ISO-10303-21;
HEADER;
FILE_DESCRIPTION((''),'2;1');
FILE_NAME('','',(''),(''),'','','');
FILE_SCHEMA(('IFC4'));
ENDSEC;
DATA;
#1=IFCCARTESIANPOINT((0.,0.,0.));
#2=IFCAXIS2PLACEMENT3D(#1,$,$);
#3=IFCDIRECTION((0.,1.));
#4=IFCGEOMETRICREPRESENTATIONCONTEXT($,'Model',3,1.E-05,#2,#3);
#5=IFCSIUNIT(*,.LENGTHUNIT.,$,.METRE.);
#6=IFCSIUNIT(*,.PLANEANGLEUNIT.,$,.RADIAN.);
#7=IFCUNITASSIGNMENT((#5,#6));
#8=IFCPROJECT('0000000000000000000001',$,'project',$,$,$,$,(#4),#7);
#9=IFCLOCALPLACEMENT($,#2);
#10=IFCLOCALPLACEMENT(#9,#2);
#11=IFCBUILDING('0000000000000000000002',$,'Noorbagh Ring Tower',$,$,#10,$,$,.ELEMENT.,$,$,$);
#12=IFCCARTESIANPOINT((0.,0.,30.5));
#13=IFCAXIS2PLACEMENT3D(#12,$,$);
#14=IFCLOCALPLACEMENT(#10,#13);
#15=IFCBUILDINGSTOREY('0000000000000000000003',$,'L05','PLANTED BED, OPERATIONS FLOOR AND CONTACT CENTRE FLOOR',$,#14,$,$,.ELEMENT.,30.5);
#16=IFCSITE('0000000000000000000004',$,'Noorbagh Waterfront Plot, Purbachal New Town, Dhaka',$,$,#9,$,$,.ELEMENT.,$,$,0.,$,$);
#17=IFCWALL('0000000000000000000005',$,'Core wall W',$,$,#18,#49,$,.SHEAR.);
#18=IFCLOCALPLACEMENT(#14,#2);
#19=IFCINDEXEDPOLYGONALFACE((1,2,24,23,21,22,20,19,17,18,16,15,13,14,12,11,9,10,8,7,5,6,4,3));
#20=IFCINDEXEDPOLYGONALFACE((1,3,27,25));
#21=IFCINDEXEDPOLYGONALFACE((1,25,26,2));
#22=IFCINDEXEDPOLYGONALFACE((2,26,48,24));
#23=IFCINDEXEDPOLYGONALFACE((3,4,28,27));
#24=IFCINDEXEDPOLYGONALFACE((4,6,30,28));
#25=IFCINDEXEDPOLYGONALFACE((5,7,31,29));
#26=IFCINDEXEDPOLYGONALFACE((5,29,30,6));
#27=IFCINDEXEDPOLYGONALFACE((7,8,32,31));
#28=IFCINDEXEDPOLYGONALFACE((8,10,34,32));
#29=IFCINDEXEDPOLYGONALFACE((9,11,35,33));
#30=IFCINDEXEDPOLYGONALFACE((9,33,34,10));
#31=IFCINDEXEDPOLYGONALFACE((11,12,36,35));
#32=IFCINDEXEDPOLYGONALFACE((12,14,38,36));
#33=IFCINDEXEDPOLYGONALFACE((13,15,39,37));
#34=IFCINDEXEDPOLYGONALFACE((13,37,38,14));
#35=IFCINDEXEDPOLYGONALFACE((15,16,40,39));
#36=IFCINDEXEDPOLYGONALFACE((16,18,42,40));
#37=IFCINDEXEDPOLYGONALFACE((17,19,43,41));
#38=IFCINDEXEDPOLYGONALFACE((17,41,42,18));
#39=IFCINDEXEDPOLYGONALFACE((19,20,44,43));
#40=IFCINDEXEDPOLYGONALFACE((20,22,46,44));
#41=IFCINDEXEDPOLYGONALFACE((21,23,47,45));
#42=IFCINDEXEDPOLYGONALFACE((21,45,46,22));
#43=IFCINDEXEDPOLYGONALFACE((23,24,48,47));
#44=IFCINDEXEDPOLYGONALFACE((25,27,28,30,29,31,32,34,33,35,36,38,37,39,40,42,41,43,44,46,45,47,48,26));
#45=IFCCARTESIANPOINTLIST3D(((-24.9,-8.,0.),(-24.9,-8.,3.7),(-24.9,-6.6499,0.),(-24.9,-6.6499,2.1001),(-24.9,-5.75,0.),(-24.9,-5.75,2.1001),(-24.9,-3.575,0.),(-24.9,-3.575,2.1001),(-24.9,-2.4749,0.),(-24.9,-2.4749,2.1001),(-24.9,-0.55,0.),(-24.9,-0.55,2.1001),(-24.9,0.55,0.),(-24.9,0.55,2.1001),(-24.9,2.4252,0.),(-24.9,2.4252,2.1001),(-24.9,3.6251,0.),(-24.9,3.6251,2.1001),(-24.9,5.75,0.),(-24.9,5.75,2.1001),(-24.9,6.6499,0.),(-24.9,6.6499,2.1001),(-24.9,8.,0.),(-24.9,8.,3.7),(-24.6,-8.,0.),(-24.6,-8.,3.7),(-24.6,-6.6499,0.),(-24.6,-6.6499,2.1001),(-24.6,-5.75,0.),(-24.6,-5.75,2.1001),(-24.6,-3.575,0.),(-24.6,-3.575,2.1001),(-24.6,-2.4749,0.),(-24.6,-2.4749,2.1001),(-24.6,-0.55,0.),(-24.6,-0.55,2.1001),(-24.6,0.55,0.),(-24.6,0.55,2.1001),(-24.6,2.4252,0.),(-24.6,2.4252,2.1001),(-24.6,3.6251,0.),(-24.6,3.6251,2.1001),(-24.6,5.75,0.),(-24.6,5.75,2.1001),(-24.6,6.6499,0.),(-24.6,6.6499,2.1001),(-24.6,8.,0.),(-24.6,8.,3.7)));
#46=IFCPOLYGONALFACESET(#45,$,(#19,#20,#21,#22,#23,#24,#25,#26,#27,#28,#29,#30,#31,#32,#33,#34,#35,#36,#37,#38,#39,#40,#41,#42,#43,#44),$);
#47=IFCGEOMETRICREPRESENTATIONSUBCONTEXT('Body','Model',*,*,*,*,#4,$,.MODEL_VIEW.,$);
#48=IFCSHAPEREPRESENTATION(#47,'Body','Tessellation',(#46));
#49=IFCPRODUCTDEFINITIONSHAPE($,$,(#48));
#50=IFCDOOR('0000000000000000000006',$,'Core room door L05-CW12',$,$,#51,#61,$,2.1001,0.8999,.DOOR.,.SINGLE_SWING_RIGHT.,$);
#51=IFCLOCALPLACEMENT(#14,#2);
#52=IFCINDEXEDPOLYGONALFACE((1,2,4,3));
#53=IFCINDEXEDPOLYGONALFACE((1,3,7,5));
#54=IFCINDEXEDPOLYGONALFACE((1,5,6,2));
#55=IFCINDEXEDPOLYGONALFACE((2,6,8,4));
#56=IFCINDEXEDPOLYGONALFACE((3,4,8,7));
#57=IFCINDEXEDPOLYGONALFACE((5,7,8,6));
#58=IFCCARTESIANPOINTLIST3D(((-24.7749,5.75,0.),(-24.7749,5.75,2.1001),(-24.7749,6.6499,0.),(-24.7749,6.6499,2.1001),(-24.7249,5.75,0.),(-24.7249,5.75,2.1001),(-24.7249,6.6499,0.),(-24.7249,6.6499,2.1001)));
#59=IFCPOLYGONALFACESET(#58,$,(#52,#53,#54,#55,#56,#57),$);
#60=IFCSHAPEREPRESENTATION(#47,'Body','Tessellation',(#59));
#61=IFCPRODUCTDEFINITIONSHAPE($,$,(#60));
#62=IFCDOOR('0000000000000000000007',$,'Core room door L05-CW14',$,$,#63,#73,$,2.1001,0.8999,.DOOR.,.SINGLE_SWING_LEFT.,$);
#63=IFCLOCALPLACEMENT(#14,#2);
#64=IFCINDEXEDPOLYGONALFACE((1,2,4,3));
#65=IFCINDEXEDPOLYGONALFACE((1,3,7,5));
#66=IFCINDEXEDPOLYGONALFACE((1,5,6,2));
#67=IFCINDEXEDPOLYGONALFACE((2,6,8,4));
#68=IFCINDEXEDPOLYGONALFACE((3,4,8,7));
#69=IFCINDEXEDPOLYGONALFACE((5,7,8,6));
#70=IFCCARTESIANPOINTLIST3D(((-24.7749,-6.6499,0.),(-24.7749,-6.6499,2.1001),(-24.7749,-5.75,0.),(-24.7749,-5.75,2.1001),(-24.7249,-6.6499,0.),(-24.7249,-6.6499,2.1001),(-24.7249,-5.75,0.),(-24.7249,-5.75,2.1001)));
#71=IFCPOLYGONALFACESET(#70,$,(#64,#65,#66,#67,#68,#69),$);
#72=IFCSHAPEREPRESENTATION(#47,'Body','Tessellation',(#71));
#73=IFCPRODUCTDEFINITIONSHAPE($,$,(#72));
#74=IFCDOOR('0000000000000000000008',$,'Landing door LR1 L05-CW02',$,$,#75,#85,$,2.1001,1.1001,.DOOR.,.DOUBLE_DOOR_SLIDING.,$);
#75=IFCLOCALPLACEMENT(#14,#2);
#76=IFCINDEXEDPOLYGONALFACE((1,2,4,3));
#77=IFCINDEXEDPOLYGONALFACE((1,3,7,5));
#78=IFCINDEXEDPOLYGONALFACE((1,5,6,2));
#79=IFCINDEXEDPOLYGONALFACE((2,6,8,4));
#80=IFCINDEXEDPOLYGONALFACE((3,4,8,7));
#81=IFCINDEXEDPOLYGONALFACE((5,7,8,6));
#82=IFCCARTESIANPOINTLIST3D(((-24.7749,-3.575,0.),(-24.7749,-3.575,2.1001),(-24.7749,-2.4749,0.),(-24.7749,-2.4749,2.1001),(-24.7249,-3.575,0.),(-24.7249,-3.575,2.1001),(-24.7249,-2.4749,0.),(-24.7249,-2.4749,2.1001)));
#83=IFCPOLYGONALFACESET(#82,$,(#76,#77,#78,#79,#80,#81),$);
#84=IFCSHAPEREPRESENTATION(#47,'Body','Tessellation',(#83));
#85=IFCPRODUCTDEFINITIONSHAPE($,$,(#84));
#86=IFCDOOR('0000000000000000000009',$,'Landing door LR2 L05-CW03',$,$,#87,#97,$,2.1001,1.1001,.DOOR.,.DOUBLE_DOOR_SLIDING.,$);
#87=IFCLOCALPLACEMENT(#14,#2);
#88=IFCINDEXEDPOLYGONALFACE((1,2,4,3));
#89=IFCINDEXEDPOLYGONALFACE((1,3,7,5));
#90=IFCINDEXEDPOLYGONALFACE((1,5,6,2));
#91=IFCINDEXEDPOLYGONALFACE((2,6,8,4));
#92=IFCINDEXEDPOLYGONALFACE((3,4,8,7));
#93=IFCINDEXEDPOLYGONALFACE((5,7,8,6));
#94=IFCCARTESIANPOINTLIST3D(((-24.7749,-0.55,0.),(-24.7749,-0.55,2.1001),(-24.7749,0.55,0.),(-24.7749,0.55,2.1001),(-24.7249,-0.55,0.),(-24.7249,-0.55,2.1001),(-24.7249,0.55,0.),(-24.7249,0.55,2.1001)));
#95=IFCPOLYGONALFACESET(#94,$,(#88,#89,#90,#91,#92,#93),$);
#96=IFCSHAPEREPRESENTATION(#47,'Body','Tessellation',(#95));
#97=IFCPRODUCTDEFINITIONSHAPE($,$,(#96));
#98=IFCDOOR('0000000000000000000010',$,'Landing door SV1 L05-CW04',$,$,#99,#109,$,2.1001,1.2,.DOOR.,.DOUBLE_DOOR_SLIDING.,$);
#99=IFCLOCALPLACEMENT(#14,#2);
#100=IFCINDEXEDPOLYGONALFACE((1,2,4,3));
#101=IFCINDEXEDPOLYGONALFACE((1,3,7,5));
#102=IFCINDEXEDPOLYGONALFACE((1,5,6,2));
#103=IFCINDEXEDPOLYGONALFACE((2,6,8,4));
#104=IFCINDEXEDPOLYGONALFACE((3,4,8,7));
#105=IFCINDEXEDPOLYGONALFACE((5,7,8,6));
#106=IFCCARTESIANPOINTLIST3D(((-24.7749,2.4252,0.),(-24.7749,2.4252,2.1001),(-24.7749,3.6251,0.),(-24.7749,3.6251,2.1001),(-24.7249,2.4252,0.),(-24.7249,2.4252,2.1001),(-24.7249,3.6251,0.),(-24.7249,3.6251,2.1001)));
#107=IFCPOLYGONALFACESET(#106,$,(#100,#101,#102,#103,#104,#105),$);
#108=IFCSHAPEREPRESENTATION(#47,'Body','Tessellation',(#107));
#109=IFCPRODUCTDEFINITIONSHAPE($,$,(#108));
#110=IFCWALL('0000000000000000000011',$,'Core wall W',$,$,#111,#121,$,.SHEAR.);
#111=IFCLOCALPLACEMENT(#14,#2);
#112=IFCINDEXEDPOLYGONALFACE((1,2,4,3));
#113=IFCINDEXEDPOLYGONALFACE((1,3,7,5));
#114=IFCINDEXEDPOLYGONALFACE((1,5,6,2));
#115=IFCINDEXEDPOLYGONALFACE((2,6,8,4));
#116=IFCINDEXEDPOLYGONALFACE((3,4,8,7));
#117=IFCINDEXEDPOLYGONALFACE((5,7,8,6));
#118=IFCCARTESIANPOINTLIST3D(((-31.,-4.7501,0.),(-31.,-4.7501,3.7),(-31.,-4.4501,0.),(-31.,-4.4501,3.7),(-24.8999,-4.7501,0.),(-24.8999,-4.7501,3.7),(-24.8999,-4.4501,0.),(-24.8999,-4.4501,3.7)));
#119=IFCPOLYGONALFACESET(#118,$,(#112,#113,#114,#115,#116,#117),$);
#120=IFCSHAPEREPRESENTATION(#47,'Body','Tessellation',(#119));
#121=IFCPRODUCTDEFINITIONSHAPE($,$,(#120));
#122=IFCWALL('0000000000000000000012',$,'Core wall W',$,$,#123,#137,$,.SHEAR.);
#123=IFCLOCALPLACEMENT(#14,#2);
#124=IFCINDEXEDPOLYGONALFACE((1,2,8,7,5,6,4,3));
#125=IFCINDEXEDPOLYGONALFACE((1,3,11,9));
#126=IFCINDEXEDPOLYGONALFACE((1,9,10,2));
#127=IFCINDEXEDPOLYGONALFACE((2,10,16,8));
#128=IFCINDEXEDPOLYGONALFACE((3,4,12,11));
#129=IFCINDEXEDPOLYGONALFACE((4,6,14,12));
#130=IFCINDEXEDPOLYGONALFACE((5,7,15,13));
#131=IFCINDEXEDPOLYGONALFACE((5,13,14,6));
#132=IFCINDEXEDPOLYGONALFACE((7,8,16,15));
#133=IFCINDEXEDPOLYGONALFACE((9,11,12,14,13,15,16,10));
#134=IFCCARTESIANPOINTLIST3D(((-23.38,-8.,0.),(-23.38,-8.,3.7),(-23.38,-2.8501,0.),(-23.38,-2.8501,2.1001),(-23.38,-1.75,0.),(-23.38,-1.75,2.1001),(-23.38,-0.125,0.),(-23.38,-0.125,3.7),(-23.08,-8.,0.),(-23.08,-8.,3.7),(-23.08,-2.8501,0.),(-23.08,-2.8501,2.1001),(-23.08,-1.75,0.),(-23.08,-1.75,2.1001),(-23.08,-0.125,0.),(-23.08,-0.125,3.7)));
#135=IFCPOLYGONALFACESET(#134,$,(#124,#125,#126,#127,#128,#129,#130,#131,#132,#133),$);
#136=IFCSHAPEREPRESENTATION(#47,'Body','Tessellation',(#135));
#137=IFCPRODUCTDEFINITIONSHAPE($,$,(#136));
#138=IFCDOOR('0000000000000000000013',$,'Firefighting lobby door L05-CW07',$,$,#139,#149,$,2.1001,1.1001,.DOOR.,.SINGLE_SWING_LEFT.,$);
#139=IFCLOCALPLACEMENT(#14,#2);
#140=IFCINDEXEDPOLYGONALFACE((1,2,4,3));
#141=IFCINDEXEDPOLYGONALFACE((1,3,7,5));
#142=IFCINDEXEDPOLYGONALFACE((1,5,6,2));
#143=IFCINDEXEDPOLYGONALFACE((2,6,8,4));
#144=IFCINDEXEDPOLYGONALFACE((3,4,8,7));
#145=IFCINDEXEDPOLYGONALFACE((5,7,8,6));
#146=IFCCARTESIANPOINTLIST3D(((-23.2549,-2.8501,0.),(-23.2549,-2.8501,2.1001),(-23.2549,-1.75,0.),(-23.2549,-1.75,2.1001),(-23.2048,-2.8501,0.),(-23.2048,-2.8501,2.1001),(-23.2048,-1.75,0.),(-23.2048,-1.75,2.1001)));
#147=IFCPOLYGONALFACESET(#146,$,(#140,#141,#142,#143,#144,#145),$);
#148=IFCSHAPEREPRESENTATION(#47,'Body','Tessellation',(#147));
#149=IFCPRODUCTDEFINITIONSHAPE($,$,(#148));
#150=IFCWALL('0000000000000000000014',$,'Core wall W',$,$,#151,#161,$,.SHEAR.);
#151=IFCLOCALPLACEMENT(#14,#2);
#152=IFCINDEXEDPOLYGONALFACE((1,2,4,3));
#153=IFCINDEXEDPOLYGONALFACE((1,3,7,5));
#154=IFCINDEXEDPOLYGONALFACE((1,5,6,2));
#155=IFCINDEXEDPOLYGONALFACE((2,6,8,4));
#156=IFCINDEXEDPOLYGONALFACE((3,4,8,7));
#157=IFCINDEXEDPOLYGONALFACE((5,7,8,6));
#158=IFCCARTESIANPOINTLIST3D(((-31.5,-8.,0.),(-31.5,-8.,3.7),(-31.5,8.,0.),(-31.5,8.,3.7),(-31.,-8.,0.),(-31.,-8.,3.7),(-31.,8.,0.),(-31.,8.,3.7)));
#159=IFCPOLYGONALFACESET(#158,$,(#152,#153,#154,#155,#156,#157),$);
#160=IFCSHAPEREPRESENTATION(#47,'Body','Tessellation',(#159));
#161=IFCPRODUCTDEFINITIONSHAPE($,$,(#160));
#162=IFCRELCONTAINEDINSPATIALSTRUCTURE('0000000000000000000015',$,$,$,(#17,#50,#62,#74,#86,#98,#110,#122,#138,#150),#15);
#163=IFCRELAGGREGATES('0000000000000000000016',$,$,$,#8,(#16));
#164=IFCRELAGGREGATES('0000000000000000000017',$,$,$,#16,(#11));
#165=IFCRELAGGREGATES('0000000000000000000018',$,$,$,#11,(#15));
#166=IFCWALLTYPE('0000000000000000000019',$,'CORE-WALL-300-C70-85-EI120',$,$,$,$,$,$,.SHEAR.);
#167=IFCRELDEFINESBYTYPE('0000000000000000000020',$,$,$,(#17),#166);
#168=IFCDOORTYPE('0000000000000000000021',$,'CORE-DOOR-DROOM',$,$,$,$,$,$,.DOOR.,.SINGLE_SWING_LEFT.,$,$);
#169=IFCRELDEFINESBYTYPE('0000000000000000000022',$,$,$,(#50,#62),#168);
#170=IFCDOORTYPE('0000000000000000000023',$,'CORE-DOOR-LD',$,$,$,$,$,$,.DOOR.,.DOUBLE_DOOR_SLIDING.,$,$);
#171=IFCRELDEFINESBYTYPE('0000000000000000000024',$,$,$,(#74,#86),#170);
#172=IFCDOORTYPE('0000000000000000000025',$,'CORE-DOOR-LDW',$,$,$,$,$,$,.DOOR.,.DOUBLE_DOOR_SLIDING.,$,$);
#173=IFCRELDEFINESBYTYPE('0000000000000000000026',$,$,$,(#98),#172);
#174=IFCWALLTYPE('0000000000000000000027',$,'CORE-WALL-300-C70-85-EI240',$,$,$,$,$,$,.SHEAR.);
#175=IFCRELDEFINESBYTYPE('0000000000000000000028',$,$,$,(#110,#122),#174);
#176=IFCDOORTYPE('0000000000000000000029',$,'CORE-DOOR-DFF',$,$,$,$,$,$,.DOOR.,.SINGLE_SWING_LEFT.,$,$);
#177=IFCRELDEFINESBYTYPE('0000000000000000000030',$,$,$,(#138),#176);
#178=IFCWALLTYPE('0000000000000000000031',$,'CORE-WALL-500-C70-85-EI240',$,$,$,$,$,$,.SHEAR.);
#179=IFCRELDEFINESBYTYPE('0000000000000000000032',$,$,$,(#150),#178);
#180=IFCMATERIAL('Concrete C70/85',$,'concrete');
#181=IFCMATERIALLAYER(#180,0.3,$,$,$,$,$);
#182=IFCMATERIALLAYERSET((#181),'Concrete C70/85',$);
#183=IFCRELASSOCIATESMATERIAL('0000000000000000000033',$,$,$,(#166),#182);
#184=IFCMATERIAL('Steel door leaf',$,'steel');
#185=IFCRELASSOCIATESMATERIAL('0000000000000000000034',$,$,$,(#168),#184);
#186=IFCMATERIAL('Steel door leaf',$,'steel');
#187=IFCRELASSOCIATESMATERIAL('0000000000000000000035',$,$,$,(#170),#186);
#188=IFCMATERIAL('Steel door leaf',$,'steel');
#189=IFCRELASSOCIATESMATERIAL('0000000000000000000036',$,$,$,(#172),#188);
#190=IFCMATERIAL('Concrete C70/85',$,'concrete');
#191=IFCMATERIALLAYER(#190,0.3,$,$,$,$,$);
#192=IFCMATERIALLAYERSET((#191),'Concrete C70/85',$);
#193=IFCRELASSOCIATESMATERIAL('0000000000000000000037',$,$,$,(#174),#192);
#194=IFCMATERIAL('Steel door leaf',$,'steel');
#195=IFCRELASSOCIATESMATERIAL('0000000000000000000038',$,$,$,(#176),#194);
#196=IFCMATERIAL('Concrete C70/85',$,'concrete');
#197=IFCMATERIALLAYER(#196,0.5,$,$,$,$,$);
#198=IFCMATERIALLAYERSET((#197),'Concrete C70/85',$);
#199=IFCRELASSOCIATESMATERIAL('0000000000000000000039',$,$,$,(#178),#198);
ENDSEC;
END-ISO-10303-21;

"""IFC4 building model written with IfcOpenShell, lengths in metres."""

from ifc_helpers import new_model, si_unit, direction, frame, frame_2d, origin, place, context, subcontext, project, spatial, rectangle, extrude, material, layer, layer_set, type_object, element, fill, save


model = new_model("IFC4")

# Units and contexts
model_context = context("Model", 3, precision=1e-05, world=origin(), true_north=direction((0.0, 1.0)))
body_context = subcontext(model_context, "Body", "Model", "MODEL_VIEW")
ifc_project = project(units=[si_unit("LENGTHUNIT", "METRE"), si_unit("PLANEANGLEUNIT", "RADIAN")], contexts=[model_context])

# Site, building, storey
site_placement = place(None, origin())
site = spatial("IfcSite", under=ifc_project, at=site_placement, Name="Noorbagh Waterfront Plot, Purbachal New Town, Dhaka", CompositionType="ELEMENT", RefElevation=0.0)
building_placement = place(site_placement, origin())
building = spatial("IfcBuilding", under=site, at=building_placement, Name="Noorbagh Ring Tower", CompositionType="ELEMENT")
storey_placement = place(building_placement, frame((0.0, 0.0, 30.5)))
storey = spatial("IfcBuildingStorey", under=building, at=storey_placement, Name="L05", Description="PLANTED BED, OPERATIONS FLOOR AND CONTACT CENTRE FLOOR", CompositionType="ELEMENT", Elevation=30.5)

# Shared definitions
ifc_material_1 = material(Name="Concrete C70/85", Category="concrete")
ifc_layer_1 = layer(ifc_material_1, 0.3)
ifc_layer_set_1 = layer_set([ifc_layer_1], Name="Concrete C70/85")
wall_type_1 = type_object("IfcWallType", Name="CORE-WALL-300-C70-85-EI120", PredefinedType="SHEAR", material=ifc_layer_set_1)

# Wall, openings, doors
wall_1_placement = place(storey_placement, frame((-24.75, -8.0, 0.0), z_axis=(0.0, 0.0, 1.0), x_axis=(0.0, 1.0, 0.0)))
wall_1 = element("IfcWall", 1, at=wall_1_placement, inside=storey, type_object=wall_type_1, Name="Core wall W", PredefinedType="SHEAR", context=body_context, shape_type="SweptSolid", body=[
    extrude(rectangle(XDim=16.0, YDim=0.3, at=frame_2d((8.0, 0.0))), origin(), (0.0, 0.0, 1.0), 3.7),
])
opening_1_placement = place(wall_1_placement, frame((4.425, 0.0, 0.0)))
opening_1 = element("IfcOpeningElement", 2, at=opening_1_placement, cuts=wall_1, PredefinedType="OPENING", context=body_context, shape_type="SweptSolid", body=[
    extrude(rectangle(XDim=1.1001, YDim=2.1001, at=frame_2d((0.55, 1.05))), frame((0.0, 0.1602, 0.0), z_axis=(0.0, -1.0, 0.0), x_axis=(1.0, 0.0, 0.0)), (0.0, 0.0, 1.0), 0.3201),
])
opening_2_placement = place(wall_1_placement, frame((7.45, 0.0, 0.0)))
opening_2 = element("IfcOpeningElement", 3, at=opening_2_placement, cuts=wall_1, PredefinedType="OPENING", context=body_context, shape_type="SweptSolid", body=[
    extrude(rectangle(XDim=1.1001, YDim=2.1001, at=frame_2d((0.55, 1.05))), frame((0.0, 0.1602, 0.0), z_axis=(0.0, -1.0, 0.0), x_axis=(1.0, 0.0, 0.0)), (0.0, 0.0, 1.0), 0.3201),
])
opening_3_placement = place(wall_1_placement, frame((10.425, 0.0, 0.0)))
opening_3 = element("IfcOpeningElement", 4, at=opening_3_placement, cuts=wall_1, PredefinedType="OPENING", context=body_context, shape_type="SweptSolid", body=[
    extrude(rectangle(XDim=1.2, YDim=2.1001, at=frame_2d((0.6001, 1.05))), frame((0.0, 0.1602, 0.0), z_axis=(0.0, -1.0, 0.0), x_axis=(1.0, 0.0, 0.0)), (0.0, 0.0, 1.0), 0.3201),
])
opening_4_placement = place(wall_1_placement, frame((13.75, 0.0, 0.0)))
opening_4 = element("IfcOpeningElement", 5, at=opening_4_placement, cuts=wall_1, PredefinedType="OPENING", context=body_context, shape_type="SweptSolid", body=[
    extrude(rectangle(XDim=0.8999, YDim=2.1001, at=frame_2d((0.45, 1.05))), frame((0.0, 0.1602, 0.0), z_axis=(0.0, -1.0, 0.0), x_axis=(1.0, 0.0, 0.0)), (0.0, 0.0, 1.0), 0.3201),
])
opening_5_placement = place(wall_1_placement, frame((1.3501, 0.0, 0.0)))
opening_5 = element("IfcOpeningElement", 6, at=opening_5_placement, cuts=wall_1, PredefinedType="OPENING", context=body_context, shape_type="SweptSolid", body=[
    extrude(rectangle(XDim=0.8999, YDim=2.1001, at=frame_2d((0.45, 1.05))), frame((0.0, 0.1602, 0.0), z_axis=(0.0, -1.0, 0.0), x_axis=(1.0, 0.0, 0.0)), (0.0, 0.0, 1.0), 0.3201),
])
ifc_material_2 = material(Name="Steel door leaf", Category="steel")
door_type_1 = type_object("IfcDoorType", Name="CORE-DOOR-DROOM", OperationType="SINGLE_SWING_LEFT", PredefinedType="DOOR", material=ifc_material_2)
door_1_placement = place(opening_4_placement, origin())
door_1 = element("IfcDoor", 7, at=door_1_placement, inside=storey, type_object=door_type_1, Name="Core room door L05-CW12", OperationType="SINGLE_SWING_RIGHT", OverallHeight=2.1001, OverallWidth=0.8999, PredefinedType="DOOR", context=body_context, shape_type="SweptSolid", body=[
    extrude(rectangle(XDim=0.8999, YDim=2.1001, at=frame_2d((0.45, 1.05))), frame((0.0, 0.0249, 0.0), z_axis=(0.0, -1.0, 0.0), x_axis=(1.0, 0.0, 0.0)), (0.0, 0.0, 1.0), 0.05),
])
fill(opening_4, door_1)
door_2_placement = place(opening_5_placement, origin())
door_2 = element("IfcDoor", 8, at=door_2_placement, inside=storey, type_object=door_type_1, Name="Core room door L05-CW14", OperationType="SINGLE_SWING_LEFT", OverallHeight=2.1001, OverallWidth=0.8999, PredefinedType="DOOR", context=body_context, shape_type="SweptSolid", body=[
    extrude(rectangle(XDim=0.8999, YDim=2.1001, at=frame_2d((0.45, 1.05))), frame((0.0, 0.0249, 0.0), z_axis=(0.0, -1.0, 0.0), x_axis=(1.0, 0.0, 0.0)), (0.0, 0.0, 1.0), 0.05),
])
fill(opening_5, door_2)
ifc_material_3 = material(Name="Steel door leaf", Category="steel")
door_type_2 = type_object("IfcDoorType", Name="CORE-DOOR-LD", OperationType="DOUBLE_DOOR_SLIDING", PredefinedType="DOOR", material=ifc_material_3)
door_3_placement = place(opening_1_placement, origin())
door_3 = element("IfcDoor", 9, at=door_3_placement, inside=storey, type_object=door_type_2, Name="Landing door LR1 L05-CW02", OperationType="DOUBLE_DOOR_SLIDING", OverallHeight=2.1001, OverallWidth=1.1001, PredefinedType="DOOR", context=body_context, shape_type="SweptSolid", body=[
    extrude(rectangle(XDim=1.1001, YDim=2.1001, at=frame_2d((0.55, 1.05))), frame((0.0, 0.0249, 0.0), z_axis=(0.0, -1.0, 0.0), x_axis=(1.0, 0.0, 0.0)), (0.0, 0.0, 1.0), 0.05),
])
fill(opening_1, door_3)
door_4_placement = place(opening_2_placement, origin())
door_4 = element("IfcDoor", 10, at=door_4_placement, inside=storey, type_object=door_type_2, Name="Landing door LR2 L05-CW03", OperationType="DOUBLE_DOOR_SLIDING", OverallHeight=2.1001, OverallWidth=1.1001, PredefinedType="DOOR", context=body_context, shape_type="SweptSolid", body=[
    extrude(rectangle(XDim=1.1001, YDim=2.1001, at=frame_2d((0.55, 1.05))), frame((0.0, 0.0249, 0.0), z_axis=(0.0, -1.0, 0.0), x_axis=(1.0, 0.0, 0.0)), (0.0, 0.0, 1.0), 0.05),
])
fill(opening_2, door_4)
ifc_material_4 = material(Name="Steel door leaf", Category="steel")
door_type_3 = type_object("IfcDoorType", Name="CORE-DOOR-LDW", OperationType="DOUBLE_DOOR_SLIDING", PredefinedType="DOOR", material=ifc_material_4)
door_5_placement = place(opening_3_placement, origin())
door_5 = element("IfcDoor", 11, at=door_5_placement, inside=storey, type_object=door_type_3, Name="Landing door SV1 L05-CW04", OperationType="DOUBLE_DOOR_SLIDING", OverallHeight=2.1001, OverallWidth=1.2, PredefinedType="DOOR", context=body_context, shape_type="SweptSolid", body=[
    extrude(rectangle(XDim=1.2, YDim=2.1001, at=frame_2d((0.6001, 1.05))), frame((0.0, 0.0249, 0.0), z_axis=(0.0, -1.0, 0.0), x_axis=(1.0, 0.0, 0.0)), (0.0, 0.0, 1.0), 0.05),
])
fill(opening_3, door_5)

# Wall
ifc_material_5 = material(Name="Concrete C70/85", Category="concrete")
ifc_layer_2 = layer(ifc_material_5, 0.3)
ifc_layer_set_2 = layer_set([ifc_layer_2], Name="Concrete C70/85")
wall_type_2 = type_object("IfcWallType", Name="CORE-WALL-300-C70-85-EI240", PredefinedType="SHEAR", material=ifc_layer_set_2)
wall_2_placement = place(storey_placement, frame((-24.8999, -4.6001, 0.0), z_axis=(0.0, 0.0, 1.0), x_axis=(-1.0, 0.0, 0.0)))
element("IfcWall", 12, at=wall_2_placement, inside=storey, type_object=wall_type_2, Name="Core wall W", PredefinedType="SHEAR", context=body_context, shape_type="SweptSolid", body=[
    extrude(rectangle(XDim=6.1001, YDim=0.3, at=frame_2d((3.05, 0.0))), origin(), (0.0, 0.0, 1.0), 3.7),
])

# Wall, opening, door
wall_3_placement = place(storey_placement, frame((-23.23, -8.0, 0.0), z_axis=(0.0, 0.0, 1.0), x_axis=(0.0, 1.0, 0.0)))
wall_3 = element("IfcWall", 13, at=wall_3_placement, inside=storey, type_object=wall_type_2, Name="Core wall W", PredefinedType="SHEAR", context=body_context, shape_type="SweptSolid", body=[
    extrude(rectangle(XDim=7.875, YDim=0.3, at=frame_2d((3.9375, 0.0))), origin(), (0.0, 0.0, 1.0), 3.7),
])
opening_6_placement = place(wall_3_placement, frame((5.1499, 0.0, 0.0)))
opening_6 = element("IfcOpeningElement", 14, at=opening_6_placement, cuts=wall_3, PredefinedType="OPENING", context=body_context, shape_type="SweptSolid", body=[
    extrude(rectangle(XDim=1.1001, YDim=2.1001, at=frame_2d((0.55, 1.05))), frame((0.0, 0.1602, 0.0), z_axis=(0.0, -1.0, 0.0), x_axis=(1.0, 0.0, 0.0)), (0.0, 0.0, 1.0), 0.3201),
])
ifc_material_6 = material(Name="Steel door leaf", Category="steel")
door_type_4 = type_object("IfcDoorType", Name="CORE-DOOR-DFF", OperationType="SINGLE_SWING_LEFT", PredefinedType="DOOR", material=ifc_material_6)
door_6_placement = place(opening_6_placement, origin())
door_6 = element("IfcDoor", 15, at=door_6_placement, inside=storey, type_object=door_type_4, Name="Firefighting lobby door L05-CW07", OperationType="SINGLE_SWING_LEFT", OverallHeight=2.1001, OverallWidth=1.1001, PredefinedType="DOOR", context=body_context, shape_type="SweptSolid", body=[
    extrude(rectangle(XDim=1.1001, YDim=2.1001, at=frame_2d((0.55, 1.05))), frame((0.0, 0.0249, 0.0), z_axis=(0.0, -1.0, 0.0), x_axis=(1.0, 0.0, 0.0)), (0.0, 0.0, 1.0), 0.05),
])
fill(opening_6, door_6)

# Wall
ifc_material_7 = material(Name="Concrete C70/85", Category="concrete")
ifc_layer_3 = layer(ifc_material_7, 0.5)
ifc_layer_set_3 = layer_set([ifc_layer_3], Name="Concrete C70/85")
wall_type_3 = type_object("IfcWallType", Name="CORE-WALL-500-C70-85-EI240", PredefinedType="SHEAR", material=ifc_layer_set_3)
wall_4_placement = place(storey_placement, frame((-31.25, -8.0, 0.0), z_axis=(0.0, 0.0, 1.0), x_axis=(0.0, 1.0, 0.0)))
element("IfcWall", 16, at=wall_4_placement, inside=storey, type_object=wall_type_3, Name="Core wall W", PredefinedType="SHEAR", context=body_context, shape_type="SweptSolid", body=[
    extrude(rectangle(XDim=16.0, YDim=0.5, at=frame_2d((8.0, 0.0))), origin(), (0.0, 0.0, 1.0), 3.7),
])

save(model, "model.ifc")
